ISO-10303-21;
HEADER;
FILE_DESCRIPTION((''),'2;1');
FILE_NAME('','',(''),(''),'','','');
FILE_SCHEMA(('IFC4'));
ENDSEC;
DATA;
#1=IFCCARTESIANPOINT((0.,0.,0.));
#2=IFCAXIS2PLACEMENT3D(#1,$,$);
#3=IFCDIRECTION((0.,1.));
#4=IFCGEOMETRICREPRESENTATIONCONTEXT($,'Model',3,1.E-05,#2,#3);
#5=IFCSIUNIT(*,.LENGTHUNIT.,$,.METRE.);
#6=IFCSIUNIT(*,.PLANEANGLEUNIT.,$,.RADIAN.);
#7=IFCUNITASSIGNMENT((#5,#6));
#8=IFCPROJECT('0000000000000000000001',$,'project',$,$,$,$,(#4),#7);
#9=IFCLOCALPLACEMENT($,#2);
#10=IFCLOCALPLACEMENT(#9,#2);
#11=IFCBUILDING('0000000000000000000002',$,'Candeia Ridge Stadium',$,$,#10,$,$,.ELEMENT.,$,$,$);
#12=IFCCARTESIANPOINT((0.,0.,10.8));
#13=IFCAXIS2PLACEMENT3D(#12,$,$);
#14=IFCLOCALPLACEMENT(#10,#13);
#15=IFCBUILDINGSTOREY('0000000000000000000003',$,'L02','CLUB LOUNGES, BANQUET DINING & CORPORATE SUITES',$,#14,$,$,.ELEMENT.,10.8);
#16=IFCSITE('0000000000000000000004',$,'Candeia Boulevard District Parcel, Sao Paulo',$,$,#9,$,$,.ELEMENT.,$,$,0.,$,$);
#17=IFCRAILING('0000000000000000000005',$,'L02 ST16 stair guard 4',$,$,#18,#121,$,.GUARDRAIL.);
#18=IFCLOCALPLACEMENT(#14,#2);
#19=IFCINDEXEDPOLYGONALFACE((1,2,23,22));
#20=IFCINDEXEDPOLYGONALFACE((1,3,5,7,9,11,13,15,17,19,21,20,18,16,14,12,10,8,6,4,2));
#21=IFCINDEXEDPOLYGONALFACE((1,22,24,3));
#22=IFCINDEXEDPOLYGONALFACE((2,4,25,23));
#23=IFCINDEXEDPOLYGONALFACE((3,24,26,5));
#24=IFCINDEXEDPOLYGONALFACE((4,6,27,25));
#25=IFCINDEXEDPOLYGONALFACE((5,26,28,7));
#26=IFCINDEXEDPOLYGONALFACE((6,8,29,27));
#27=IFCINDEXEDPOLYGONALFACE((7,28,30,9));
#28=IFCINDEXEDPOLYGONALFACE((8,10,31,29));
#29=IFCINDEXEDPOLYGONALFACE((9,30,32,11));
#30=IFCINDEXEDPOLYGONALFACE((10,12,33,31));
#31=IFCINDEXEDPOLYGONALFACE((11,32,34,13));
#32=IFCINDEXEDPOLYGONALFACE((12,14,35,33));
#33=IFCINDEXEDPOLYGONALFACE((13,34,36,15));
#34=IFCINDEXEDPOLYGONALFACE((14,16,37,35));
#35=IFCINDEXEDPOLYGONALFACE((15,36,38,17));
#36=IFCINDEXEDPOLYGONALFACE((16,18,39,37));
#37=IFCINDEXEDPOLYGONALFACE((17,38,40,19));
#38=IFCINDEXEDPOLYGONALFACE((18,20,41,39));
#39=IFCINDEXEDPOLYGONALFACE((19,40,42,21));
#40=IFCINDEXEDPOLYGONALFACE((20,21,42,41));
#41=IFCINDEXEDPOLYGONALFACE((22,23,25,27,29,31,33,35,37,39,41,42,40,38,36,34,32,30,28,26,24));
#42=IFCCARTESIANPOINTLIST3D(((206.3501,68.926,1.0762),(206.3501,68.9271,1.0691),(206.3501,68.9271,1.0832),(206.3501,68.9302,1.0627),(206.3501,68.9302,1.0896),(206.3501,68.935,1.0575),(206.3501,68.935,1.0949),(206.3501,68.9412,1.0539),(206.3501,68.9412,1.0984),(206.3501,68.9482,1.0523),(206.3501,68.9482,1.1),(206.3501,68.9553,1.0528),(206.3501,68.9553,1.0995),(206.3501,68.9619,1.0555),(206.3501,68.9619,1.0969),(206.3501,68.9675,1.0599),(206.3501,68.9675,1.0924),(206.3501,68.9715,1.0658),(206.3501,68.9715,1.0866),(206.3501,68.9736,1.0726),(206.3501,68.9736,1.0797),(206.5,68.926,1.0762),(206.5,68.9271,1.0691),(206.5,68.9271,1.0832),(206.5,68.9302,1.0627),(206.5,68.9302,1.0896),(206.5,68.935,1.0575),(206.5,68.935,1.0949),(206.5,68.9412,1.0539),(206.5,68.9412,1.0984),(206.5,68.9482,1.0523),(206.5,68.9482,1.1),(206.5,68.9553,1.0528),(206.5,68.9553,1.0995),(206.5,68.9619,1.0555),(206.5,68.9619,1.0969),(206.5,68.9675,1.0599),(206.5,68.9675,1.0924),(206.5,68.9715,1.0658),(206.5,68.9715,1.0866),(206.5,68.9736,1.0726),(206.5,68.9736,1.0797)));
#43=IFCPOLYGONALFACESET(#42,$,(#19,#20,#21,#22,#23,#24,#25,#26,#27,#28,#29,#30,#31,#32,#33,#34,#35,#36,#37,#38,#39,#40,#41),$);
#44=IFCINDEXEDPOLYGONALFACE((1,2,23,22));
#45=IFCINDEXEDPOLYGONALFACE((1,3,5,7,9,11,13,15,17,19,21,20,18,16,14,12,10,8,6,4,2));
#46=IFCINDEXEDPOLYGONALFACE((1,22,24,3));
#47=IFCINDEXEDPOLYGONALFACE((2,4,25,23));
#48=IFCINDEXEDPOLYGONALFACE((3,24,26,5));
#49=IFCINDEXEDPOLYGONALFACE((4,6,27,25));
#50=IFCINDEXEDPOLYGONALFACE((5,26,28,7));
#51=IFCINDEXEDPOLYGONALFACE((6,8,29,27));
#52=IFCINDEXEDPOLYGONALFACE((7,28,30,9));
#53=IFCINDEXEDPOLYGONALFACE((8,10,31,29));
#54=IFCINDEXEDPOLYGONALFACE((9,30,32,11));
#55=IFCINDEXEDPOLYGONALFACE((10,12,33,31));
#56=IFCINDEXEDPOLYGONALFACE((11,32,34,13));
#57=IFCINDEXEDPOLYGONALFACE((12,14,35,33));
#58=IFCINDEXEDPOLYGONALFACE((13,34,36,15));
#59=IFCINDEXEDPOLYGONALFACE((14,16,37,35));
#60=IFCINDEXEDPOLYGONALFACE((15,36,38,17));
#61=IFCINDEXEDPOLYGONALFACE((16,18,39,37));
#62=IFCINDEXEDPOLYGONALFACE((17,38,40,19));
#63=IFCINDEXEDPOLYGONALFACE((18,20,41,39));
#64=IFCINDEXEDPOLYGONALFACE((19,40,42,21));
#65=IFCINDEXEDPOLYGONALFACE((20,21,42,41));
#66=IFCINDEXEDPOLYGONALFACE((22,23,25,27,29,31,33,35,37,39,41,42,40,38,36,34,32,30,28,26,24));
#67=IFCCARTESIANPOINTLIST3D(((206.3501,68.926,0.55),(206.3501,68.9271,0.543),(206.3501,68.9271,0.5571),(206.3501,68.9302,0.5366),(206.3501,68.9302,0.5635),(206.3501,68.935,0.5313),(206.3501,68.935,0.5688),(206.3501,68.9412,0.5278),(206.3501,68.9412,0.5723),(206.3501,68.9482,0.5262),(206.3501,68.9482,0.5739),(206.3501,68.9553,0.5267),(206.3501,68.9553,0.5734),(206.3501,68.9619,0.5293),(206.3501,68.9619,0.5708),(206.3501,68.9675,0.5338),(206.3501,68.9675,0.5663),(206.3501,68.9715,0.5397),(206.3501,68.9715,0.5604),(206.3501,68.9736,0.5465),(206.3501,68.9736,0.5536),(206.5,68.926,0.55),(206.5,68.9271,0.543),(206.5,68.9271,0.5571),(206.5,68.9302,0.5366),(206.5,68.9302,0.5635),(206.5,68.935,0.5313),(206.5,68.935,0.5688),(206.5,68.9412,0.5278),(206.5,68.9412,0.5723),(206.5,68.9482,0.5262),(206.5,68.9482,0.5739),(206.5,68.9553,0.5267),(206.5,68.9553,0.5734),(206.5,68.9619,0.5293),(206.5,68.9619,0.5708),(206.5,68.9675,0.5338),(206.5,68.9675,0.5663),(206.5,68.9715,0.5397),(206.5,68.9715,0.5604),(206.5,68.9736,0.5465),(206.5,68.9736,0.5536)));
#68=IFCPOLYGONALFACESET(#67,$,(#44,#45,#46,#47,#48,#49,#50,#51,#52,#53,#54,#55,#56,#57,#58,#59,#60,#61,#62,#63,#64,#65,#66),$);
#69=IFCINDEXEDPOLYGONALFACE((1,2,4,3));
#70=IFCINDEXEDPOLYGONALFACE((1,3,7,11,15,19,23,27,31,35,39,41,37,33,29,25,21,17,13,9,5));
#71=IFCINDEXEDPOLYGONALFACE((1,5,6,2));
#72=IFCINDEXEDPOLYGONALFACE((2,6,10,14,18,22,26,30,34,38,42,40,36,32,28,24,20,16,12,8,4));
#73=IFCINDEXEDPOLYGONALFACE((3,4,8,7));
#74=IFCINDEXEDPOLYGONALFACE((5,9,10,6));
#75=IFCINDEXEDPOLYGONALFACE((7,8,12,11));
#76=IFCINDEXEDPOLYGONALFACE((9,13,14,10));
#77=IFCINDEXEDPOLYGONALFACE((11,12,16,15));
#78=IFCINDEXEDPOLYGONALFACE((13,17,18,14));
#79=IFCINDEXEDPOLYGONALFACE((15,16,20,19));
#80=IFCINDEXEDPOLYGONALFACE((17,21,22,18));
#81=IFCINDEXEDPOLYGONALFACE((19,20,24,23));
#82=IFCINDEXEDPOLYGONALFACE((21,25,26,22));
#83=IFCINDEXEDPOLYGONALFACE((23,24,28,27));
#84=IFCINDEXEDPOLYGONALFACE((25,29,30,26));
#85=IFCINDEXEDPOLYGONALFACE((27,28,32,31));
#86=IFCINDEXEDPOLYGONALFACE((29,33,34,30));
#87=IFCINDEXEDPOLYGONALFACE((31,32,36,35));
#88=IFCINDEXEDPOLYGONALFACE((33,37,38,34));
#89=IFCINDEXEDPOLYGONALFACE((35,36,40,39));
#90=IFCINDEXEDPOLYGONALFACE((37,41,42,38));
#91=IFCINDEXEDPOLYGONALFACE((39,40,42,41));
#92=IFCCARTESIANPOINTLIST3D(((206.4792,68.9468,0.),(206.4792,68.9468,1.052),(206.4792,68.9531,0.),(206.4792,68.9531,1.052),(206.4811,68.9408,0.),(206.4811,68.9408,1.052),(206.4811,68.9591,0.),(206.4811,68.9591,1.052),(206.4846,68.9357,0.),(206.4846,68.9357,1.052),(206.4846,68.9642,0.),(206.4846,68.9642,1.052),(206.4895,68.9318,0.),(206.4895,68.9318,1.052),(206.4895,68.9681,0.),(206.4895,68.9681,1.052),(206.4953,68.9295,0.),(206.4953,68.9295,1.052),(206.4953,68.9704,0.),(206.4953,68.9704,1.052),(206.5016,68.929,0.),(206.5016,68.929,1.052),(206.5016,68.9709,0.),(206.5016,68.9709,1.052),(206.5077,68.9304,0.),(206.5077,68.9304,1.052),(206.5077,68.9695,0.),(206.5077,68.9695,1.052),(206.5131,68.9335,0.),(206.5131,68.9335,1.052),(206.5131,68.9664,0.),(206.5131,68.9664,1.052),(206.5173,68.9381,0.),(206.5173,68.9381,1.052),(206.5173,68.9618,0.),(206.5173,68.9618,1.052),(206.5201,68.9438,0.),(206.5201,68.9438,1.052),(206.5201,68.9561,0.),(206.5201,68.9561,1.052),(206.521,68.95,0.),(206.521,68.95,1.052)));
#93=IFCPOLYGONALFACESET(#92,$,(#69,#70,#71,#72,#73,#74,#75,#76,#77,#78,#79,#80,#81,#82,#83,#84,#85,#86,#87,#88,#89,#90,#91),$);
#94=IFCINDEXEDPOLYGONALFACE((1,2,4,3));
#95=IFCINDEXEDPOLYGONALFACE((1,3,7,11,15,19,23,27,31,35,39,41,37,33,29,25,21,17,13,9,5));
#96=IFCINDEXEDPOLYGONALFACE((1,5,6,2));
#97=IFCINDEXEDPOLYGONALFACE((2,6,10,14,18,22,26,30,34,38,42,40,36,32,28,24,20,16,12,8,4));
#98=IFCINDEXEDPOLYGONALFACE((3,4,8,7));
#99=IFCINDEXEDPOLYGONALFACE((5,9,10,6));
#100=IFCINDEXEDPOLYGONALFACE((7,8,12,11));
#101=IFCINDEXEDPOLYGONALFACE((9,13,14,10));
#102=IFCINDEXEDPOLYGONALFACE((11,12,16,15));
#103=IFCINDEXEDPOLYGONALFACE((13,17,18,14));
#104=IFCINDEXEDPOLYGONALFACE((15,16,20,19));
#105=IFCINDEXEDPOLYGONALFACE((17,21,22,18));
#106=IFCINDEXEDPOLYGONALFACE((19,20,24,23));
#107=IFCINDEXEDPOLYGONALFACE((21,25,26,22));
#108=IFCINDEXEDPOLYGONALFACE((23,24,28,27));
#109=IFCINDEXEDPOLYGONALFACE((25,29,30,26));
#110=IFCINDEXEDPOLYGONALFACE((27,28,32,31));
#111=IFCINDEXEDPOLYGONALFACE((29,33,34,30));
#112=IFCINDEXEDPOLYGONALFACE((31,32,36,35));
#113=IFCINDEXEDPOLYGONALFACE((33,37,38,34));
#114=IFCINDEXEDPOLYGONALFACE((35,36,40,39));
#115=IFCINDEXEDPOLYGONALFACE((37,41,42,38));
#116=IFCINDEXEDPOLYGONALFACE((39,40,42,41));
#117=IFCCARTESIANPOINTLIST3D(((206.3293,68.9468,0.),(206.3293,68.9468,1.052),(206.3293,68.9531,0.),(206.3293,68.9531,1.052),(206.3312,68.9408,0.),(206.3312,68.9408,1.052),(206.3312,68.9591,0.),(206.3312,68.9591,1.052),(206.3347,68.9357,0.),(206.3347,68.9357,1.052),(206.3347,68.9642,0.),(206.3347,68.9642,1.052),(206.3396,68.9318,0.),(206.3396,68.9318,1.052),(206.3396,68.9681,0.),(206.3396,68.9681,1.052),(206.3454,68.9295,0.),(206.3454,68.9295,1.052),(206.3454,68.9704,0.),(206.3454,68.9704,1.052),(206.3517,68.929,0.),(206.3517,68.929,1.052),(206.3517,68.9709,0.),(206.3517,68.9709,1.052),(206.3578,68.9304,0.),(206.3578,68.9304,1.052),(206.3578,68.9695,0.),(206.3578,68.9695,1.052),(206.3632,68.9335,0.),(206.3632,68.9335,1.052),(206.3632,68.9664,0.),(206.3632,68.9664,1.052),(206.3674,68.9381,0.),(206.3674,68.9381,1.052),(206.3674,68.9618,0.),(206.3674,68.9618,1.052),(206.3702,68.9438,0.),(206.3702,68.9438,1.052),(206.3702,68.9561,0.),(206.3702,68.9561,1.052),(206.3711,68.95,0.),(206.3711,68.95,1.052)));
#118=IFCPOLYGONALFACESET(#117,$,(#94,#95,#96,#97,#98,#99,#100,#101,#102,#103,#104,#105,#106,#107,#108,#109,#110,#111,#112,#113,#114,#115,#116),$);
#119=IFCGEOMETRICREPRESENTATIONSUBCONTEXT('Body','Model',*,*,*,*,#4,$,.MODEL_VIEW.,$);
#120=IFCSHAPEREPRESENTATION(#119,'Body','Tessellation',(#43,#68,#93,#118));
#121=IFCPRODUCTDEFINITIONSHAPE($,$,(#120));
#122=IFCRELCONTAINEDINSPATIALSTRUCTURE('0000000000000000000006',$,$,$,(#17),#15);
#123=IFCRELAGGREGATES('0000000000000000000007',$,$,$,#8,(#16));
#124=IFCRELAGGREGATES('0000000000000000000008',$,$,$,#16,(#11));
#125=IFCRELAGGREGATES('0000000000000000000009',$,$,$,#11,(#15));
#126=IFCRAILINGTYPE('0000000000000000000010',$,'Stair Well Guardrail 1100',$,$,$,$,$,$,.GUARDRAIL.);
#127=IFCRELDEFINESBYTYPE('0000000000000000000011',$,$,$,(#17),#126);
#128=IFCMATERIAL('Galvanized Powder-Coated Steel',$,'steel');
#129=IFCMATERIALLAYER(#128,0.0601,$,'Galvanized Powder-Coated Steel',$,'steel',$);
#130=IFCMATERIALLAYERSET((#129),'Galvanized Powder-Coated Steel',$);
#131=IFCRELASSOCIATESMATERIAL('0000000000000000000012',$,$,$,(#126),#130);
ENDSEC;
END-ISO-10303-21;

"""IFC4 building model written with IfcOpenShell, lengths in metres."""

from ifc_helpers import new_model, si_unit, direction, frame, origin, origin_2d, place, context, subcontext, project, spatial, circle, extrude, material, layer, layer_set, type_object, element, save


model = new_model("IFC4")

# Units and contexts
model_context = context("Model", 3, precision=1e-05, world=origin(), true_north=direction((0.0, 1.0)))
body_context = subcontext(model_context, "Body", "Model", "MODEL_VIEW")
ifc_project = project(units=[si_unit("LENGTHUNIT", "METRE"), si_unit("PLANEANGLEUNIT", "RADIAN")], contexts=[model_context])

# Site, building, storey
site_placement = place(None, origin())
site = spatial("IfcSite", under=ifc_project, at=site_placement, Name="Candeia Boulevard District Parcel, Sao Paulo", CompositionType="ELEMENT", RefElevation=0.0)
building_placement = place(site_placement, origin())
building = spatial("IfcBuilding", under=site, at=building_placement, Name="Candeia Ridge Stadium", CompositionType="ELEMENT")
storey_placement = place(building_placement, frame((0.0, 0.0, 10.8)))
storey = spatial("IfcBuildingStorey", under=building, at=storey_placement, Name="L02", Description="CLUB LOUNGES, BANQUET DINING & CORPORATE SUITES", CompositionType="ELEMENT", Elevation=10.8)

# Railing
ifc_material_1 = material(Name="Galvanized Powder-Coated Steel", Category="steel")
ifc_layer_1 = layer(ifc_material_1, 0.0601, Name="Galvanized Powder-Coated Steel", Category="steel")
ifc_layer_set_1 = layer_set([ifc_layer_1], Name="Galvanized Powder-Coated Steel")
railing_type_1 = type_object("IfcRailingType", Name="Stair Well Guardrail 1100", PredefinedType="GUARDRAIL", material=ifc_layer_set_1)
railing_1_placement = place(storey_placement, frame((206.5, 68.95, 0.0)))
element("IfcRailing", 1, at=railing_1_placement, inside=storey, type_object=railing_type_1, Name="L02 ST16 stair guard 4", PredefinedType="GUARDRAIL", context=body_context, shape_type="SweptSolid", body=[
    extrude(circle(Radius=0.0239, at=origin_2d()), frame((0.0, 0.0, 1.0762), z_axis=(-1.0, 0.0, 0.0), x_axis=(0.0, -1.0, 0.0)), (0.0, 0.0, 1.0), 0.1499),
    extrude(circle(Radius=0.0239, at=origin_2d()), frame((0.0, 0.0, 0.55), z_axis=(-1.0, 0.0, 0.0), x_axis=(0.0, -1.0, 0.0)), (0.0, 0.0, 1.0), 0.1499),
    extrude(circle(Radius=0.021, at=origin_2d()), origin(), (0.0, 0.0, 1.0), 1.052),
    extrude(circle(Radius=0.021, at=origin_2d()), frame((-0.1499, 0.0, 0.0)), (0.0, 0.0, 1.0), 1.052),
])

save(model, "model.ifc")
